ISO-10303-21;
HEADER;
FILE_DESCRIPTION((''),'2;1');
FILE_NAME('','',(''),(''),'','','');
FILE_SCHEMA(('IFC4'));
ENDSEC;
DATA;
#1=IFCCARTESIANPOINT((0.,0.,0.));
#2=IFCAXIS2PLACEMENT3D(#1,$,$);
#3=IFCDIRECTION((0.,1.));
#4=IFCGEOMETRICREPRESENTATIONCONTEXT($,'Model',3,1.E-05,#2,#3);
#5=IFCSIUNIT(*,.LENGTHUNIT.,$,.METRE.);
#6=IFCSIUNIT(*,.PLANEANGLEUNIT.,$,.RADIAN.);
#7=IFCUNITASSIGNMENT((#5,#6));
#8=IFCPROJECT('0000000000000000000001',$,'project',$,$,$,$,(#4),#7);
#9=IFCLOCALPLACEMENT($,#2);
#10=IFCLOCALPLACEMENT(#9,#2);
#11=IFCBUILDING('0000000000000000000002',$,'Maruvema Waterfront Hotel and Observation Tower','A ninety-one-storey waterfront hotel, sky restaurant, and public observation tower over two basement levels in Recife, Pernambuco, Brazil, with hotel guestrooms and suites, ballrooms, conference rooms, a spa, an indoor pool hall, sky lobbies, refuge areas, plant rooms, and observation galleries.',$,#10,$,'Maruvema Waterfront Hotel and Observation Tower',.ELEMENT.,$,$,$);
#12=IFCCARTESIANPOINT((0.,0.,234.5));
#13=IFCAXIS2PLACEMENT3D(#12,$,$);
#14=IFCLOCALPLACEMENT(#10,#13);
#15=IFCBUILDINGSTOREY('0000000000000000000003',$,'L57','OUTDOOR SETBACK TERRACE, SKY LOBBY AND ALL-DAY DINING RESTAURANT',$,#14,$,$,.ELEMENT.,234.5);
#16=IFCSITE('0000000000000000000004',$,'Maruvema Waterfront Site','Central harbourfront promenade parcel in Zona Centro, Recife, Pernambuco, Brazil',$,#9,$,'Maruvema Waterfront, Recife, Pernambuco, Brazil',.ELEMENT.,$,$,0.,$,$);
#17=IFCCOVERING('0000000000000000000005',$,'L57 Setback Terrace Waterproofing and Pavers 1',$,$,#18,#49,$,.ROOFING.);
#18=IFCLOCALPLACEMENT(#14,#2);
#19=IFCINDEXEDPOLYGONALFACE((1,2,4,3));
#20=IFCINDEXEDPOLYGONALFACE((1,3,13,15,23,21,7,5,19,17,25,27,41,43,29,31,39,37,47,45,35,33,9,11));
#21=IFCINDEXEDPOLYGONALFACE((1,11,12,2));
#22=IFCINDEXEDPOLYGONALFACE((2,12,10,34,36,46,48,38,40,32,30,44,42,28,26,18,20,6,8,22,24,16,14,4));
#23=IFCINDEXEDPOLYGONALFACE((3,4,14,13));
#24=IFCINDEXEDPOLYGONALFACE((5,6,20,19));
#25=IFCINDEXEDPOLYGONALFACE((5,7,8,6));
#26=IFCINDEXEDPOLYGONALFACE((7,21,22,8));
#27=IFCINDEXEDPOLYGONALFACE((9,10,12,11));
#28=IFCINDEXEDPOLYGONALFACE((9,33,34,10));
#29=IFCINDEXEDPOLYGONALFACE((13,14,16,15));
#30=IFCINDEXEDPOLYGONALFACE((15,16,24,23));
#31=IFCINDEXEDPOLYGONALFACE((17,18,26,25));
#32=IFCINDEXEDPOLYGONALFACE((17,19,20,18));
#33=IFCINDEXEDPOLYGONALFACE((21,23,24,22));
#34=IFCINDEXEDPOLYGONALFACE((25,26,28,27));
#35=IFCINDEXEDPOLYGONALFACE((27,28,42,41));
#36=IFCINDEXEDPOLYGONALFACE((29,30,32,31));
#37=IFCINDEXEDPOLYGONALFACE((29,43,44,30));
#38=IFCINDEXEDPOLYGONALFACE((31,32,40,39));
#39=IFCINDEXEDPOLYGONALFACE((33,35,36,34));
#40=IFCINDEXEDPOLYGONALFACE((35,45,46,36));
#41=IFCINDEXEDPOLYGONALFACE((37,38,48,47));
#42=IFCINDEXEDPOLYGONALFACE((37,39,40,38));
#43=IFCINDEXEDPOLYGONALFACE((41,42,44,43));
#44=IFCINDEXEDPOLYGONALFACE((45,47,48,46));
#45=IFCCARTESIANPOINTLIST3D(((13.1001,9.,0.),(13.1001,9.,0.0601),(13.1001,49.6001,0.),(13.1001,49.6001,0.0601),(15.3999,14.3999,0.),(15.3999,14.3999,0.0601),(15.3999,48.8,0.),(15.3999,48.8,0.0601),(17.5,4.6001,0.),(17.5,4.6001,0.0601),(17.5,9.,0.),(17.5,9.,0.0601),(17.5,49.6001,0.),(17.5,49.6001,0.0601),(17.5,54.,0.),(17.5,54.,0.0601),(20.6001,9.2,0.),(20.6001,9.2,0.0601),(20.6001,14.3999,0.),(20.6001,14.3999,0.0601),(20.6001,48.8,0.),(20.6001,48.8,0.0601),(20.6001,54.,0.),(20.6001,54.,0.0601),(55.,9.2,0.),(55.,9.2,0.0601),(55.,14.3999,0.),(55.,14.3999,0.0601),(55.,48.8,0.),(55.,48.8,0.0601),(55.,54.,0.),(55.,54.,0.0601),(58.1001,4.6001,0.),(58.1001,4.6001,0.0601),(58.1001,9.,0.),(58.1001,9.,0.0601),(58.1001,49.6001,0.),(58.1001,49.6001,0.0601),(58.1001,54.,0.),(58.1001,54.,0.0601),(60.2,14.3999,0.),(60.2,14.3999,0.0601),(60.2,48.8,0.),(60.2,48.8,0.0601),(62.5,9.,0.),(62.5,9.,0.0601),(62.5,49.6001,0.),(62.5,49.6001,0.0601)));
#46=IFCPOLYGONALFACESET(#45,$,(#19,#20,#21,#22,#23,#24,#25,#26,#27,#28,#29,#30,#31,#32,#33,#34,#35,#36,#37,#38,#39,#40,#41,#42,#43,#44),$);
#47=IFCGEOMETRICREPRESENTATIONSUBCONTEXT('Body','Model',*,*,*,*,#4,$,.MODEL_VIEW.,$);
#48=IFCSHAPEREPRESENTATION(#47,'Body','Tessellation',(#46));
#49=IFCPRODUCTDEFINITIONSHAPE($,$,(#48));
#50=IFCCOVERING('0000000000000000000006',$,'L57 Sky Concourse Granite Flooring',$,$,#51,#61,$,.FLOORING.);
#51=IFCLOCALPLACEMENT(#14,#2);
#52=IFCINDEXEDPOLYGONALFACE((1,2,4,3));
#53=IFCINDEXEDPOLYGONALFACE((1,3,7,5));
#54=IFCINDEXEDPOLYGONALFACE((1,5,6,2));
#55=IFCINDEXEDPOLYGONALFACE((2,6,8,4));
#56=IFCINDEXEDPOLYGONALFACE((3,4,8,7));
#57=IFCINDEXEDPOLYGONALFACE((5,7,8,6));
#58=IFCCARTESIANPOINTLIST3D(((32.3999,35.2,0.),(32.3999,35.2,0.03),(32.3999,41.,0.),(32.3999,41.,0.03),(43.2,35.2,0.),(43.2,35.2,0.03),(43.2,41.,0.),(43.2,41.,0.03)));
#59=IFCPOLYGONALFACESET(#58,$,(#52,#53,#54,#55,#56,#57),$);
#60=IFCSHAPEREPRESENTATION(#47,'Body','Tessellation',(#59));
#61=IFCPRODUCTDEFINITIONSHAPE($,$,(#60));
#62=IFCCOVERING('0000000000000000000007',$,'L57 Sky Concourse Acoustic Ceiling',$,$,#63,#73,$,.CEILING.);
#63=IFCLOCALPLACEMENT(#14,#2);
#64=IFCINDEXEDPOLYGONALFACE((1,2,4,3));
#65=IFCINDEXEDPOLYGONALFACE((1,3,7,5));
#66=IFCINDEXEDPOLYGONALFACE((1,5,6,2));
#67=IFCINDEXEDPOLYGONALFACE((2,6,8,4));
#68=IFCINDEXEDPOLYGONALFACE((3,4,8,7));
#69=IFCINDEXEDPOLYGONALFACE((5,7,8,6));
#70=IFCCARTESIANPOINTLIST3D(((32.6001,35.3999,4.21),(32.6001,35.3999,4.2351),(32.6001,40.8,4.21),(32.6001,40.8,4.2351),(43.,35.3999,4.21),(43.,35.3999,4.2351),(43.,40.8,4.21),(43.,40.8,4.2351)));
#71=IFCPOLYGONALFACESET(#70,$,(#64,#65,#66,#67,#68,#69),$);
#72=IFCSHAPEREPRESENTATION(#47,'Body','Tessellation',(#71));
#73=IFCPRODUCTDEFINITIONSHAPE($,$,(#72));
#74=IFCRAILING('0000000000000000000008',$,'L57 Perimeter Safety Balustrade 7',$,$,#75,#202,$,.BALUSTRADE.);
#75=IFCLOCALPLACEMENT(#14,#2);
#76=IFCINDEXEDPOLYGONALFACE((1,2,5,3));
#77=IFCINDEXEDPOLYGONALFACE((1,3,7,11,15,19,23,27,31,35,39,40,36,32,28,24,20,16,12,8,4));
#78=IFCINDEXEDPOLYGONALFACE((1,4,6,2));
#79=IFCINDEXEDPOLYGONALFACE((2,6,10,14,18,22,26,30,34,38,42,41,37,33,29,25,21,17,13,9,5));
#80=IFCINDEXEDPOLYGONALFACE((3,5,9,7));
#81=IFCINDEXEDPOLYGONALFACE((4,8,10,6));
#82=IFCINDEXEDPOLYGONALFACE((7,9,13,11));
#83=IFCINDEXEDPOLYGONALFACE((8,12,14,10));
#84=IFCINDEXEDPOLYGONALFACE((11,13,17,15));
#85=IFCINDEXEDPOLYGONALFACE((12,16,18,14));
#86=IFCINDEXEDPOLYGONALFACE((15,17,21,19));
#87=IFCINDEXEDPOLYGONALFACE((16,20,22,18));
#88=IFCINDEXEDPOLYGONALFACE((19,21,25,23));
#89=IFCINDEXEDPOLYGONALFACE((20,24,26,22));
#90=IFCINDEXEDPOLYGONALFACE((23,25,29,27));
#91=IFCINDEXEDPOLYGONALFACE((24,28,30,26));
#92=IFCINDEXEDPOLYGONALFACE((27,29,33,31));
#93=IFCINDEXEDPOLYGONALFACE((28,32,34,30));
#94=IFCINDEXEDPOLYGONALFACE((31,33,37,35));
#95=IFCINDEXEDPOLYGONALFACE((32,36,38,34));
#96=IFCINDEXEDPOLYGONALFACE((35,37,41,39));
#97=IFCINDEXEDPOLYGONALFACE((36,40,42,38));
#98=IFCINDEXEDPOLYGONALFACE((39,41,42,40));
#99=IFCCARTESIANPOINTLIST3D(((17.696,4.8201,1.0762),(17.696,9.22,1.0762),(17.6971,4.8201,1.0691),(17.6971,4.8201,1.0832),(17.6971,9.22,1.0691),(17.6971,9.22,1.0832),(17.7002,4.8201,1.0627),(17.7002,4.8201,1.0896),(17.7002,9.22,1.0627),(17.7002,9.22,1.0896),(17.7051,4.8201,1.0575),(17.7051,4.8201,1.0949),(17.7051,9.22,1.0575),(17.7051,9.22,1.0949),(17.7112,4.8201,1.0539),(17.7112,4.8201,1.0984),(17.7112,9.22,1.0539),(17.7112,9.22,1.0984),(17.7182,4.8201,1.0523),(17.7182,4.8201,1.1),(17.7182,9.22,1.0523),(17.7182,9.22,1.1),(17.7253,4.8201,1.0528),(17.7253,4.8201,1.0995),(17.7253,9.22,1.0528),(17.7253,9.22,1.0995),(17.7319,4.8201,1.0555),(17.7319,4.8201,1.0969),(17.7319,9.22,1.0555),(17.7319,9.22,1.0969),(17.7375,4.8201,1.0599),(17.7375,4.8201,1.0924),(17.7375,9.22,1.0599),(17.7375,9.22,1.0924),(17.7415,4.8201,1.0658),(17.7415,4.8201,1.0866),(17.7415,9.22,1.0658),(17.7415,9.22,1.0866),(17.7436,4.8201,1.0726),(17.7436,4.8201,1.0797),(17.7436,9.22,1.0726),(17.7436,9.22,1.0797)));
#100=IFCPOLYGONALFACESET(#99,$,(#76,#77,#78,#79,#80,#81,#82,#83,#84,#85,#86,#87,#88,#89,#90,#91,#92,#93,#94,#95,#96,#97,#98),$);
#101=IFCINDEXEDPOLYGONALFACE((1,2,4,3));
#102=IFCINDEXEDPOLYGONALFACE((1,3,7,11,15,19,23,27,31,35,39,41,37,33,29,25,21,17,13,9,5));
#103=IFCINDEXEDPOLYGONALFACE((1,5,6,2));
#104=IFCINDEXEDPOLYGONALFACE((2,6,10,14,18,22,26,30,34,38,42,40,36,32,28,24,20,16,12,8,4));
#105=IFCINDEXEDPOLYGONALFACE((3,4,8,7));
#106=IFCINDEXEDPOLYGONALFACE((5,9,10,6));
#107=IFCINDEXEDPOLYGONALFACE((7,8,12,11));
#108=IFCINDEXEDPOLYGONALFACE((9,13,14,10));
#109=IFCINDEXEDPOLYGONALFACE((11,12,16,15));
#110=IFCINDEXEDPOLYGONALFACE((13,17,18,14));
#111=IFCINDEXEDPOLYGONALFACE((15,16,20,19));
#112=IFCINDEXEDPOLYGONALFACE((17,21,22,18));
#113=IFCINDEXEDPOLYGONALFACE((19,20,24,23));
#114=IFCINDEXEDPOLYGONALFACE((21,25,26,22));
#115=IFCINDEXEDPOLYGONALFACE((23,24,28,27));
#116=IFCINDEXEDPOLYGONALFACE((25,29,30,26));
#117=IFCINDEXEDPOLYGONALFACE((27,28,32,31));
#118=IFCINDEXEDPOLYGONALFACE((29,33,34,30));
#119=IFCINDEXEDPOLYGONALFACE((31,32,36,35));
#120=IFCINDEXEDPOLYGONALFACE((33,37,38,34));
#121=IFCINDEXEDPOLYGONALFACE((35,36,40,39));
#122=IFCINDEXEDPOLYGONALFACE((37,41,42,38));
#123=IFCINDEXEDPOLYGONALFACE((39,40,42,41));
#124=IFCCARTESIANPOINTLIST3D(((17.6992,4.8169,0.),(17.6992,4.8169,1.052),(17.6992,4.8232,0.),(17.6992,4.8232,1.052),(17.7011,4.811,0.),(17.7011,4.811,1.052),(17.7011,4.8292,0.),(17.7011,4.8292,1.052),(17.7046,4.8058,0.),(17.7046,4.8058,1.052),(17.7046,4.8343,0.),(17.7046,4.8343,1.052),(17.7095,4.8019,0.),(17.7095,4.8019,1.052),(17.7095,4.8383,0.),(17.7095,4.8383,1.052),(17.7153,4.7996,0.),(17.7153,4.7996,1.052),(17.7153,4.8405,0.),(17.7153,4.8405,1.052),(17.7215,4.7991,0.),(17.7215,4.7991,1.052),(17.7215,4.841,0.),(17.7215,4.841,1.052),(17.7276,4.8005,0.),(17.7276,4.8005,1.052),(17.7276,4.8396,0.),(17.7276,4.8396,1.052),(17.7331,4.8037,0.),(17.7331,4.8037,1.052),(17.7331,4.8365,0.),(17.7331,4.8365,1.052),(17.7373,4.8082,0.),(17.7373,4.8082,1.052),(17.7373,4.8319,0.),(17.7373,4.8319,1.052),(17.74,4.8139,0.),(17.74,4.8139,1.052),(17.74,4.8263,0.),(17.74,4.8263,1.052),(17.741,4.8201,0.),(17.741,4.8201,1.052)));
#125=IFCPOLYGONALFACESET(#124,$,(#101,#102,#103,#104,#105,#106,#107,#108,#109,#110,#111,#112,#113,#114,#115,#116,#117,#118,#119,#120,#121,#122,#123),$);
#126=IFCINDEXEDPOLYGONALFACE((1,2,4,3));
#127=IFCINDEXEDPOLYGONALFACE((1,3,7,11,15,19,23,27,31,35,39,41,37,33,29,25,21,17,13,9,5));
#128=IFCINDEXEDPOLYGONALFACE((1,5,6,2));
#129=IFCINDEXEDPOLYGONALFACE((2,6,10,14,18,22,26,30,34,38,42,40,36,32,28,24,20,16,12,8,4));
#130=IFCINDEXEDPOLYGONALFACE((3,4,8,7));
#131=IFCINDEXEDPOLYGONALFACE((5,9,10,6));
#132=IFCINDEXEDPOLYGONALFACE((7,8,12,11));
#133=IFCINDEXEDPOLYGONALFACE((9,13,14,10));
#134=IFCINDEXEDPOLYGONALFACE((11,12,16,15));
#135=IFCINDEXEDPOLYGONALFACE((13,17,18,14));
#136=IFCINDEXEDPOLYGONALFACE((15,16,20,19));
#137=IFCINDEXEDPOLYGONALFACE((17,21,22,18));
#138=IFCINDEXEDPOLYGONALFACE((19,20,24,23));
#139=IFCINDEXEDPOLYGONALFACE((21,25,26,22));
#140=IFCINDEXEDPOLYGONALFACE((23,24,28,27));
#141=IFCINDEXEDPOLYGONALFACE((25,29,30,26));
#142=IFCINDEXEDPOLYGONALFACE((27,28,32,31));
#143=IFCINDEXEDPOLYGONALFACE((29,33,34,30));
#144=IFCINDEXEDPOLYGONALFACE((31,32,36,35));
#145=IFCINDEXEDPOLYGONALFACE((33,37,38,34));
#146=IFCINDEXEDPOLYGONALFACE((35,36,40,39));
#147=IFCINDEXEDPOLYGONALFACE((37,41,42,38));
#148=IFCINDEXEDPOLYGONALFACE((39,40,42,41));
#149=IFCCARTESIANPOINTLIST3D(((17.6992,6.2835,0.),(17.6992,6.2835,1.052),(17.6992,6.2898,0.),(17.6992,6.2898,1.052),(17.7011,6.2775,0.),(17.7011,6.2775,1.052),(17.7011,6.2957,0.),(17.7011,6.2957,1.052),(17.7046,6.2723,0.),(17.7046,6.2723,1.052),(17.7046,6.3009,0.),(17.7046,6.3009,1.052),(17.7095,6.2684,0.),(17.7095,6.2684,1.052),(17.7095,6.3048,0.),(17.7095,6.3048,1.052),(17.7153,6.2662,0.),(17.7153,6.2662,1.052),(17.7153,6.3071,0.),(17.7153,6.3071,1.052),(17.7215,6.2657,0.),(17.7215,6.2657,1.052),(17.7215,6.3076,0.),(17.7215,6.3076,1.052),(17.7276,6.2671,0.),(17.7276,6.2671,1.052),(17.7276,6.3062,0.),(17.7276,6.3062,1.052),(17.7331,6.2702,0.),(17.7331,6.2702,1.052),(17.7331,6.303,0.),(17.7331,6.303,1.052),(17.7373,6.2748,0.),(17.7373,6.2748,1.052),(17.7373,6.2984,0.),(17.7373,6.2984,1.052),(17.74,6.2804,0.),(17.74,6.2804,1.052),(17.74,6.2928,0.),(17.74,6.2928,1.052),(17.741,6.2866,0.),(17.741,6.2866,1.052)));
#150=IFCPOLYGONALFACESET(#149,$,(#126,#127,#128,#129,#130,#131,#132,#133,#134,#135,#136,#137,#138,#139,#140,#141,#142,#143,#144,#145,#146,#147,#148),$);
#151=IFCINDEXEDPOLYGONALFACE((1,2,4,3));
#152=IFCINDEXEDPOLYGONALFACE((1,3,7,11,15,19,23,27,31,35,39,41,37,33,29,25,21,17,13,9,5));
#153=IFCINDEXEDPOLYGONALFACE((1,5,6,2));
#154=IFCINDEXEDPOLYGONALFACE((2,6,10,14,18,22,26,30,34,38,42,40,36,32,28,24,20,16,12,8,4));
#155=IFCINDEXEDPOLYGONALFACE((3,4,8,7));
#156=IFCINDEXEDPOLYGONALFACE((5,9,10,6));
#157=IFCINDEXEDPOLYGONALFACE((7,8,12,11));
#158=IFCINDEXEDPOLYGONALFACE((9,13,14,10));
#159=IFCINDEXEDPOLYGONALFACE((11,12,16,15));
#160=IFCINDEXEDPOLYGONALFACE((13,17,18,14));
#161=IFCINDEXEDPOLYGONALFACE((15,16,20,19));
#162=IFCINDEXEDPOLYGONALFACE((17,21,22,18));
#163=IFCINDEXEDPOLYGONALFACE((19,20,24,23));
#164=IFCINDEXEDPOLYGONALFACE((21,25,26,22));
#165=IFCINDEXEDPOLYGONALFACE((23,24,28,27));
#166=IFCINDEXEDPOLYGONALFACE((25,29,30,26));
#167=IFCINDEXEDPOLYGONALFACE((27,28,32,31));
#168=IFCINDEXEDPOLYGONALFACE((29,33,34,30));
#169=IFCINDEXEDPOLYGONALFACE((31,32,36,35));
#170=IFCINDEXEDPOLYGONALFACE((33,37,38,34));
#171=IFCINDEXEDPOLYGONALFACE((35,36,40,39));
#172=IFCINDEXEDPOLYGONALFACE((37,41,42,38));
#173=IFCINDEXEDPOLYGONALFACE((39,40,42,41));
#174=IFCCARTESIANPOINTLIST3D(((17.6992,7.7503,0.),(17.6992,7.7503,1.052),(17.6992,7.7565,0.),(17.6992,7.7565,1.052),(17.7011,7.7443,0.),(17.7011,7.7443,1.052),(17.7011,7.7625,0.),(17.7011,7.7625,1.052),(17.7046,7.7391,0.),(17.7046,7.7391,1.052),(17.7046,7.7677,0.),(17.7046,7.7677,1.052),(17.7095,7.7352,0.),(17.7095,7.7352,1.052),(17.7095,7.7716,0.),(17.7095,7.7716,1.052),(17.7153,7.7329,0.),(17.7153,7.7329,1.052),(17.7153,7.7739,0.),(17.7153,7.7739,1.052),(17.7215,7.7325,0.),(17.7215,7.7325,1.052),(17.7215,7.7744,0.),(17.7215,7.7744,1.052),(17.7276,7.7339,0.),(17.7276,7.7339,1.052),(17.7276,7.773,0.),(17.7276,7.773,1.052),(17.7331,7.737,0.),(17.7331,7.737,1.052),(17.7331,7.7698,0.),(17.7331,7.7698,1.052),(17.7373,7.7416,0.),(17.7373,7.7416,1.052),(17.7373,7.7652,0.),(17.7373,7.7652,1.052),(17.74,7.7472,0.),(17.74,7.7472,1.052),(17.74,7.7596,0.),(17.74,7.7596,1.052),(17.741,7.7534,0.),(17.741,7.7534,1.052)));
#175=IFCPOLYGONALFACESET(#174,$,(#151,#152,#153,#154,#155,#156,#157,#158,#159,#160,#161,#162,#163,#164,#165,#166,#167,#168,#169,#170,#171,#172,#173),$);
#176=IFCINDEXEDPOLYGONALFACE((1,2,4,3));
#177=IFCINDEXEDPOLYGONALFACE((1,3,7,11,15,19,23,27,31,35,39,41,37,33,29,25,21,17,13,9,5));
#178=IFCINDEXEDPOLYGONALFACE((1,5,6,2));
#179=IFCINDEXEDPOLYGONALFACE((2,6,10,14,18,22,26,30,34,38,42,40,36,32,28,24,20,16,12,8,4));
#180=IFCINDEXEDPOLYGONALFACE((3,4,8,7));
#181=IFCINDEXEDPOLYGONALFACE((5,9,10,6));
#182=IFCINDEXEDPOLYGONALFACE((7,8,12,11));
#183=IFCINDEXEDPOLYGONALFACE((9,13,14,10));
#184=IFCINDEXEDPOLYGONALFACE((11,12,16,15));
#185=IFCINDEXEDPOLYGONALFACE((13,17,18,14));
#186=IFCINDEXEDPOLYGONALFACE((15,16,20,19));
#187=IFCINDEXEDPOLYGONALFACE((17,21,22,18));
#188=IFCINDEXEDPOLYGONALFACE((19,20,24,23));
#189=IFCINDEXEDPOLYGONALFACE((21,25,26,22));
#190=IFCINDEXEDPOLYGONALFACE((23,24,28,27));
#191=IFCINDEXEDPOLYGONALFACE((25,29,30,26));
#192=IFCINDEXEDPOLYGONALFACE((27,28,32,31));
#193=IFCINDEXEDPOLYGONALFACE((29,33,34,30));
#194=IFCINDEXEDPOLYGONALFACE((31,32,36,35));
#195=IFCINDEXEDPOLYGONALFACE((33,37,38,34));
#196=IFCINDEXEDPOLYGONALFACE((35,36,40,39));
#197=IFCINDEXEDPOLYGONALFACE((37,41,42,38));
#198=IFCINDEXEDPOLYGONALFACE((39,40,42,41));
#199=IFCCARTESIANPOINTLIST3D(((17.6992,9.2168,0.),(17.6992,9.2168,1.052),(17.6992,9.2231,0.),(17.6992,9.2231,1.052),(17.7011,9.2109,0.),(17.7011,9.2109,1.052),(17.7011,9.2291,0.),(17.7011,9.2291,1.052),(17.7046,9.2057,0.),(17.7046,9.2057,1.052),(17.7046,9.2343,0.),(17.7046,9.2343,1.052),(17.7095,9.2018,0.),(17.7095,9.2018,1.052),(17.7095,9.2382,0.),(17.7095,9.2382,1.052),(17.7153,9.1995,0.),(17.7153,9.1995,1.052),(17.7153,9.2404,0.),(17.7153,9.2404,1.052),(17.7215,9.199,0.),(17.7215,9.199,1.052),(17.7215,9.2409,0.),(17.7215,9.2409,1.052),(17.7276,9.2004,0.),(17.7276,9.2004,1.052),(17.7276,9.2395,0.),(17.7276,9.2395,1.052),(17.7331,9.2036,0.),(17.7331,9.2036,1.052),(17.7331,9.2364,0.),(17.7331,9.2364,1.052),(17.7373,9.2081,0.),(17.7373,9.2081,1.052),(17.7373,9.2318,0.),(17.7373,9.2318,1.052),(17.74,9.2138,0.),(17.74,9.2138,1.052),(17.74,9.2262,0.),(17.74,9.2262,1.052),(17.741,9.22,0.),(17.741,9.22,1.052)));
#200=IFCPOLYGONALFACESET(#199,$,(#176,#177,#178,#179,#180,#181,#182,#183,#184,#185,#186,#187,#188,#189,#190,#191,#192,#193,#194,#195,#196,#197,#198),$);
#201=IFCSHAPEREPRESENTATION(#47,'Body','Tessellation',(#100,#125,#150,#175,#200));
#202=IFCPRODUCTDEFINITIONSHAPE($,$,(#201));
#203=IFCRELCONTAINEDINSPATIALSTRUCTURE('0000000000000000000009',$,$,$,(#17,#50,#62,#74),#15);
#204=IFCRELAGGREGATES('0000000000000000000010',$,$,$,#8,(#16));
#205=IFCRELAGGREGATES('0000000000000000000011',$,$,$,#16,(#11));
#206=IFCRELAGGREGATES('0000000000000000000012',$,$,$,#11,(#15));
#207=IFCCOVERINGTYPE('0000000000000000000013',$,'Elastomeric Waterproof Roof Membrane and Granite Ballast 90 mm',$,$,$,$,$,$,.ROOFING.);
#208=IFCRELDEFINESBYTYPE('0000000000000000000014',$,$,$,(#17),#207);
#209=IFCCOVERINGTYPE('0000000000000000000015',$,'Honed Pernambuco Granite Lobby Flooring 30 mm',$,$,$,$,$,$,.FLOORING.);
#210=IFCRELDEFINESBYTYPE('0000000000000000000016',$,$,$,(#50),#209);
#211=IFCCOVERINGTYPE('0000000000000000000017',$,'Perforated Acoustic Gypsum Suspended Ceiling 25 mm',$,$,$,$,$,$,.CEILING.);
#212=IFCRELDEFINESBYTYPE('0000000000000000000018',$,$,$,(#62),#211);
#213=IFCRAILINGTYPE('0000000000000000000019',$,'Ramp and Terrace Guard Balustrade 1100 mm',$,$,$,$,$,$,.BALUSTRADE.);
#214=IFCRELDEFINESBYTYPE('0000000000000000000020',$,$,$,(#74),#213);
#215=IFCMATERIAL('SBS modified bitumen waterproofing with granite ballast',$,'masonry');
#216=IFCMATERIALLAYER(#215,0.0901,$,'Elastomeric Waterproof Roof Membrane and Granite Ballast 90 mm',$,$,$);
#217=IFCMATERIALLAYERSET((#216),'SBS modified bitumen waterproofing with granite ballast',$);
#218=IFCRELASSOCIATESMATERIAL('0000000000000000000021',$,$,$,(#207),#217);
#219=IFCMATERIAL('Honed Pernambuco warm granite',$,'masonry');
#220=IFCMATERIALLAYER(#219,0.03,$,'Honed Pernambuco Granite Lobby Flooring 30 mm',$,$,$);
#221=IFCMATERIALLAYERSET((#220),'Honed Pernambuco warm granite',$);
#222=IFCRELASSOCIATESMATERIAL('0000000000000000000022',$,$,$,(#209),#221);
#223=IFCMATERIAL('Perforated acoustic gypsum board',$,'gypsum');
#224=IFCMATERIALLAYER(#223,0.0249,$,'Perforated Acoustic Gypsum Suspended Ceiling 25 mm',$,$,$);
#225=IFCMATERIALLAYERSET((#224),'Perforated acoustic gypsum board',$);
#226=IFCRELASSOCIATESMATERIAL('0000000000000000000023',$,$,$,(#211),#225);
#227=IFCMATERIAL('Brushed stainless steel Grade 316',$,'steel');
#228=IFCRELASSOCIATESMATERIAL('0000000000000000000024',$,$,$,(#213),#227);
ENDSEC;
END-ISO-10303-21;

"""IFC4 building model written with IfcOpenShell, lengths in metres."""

from ifc_helpers import new_model, si_unit, direction, frame, origin, origin_2d, place, context, subcontext, project, spatial, polyline, circle, outline, extrude, material, layer, layer_set, type_object, element, save


model = new_model("IFC4")

# Units and contexts
model_context = context("Model", 3, precision=1e-05, world=origin(), true_north=direction((0.0, 1.0)))
body_context = subcontext(model_context, "Body", "Model", "MODEL_VIEW")
ifc_project = project(units=[si_unit("LENGTHUNIT", "METRE"), si_unit("PLANEANGLEUNIT", "RADIAN")], contexts=[model_context])

# Site, building, storey
site_placement = place(None, origin())
site = spatial("IfcSite", under=ifc_project, at=site_placement, Name="Maruvema Waterfront Site", Description="Central harbourfront promenade parcel in Zona Centro, Recife, Pernambuco, Brazil", LongName="Maruvema Waterfront, Recife, Pernambuco, Brazil", CompositionType="ELEMENT", RefElevation=0.0)
building_placement = place(site_placement, origin())
building = spatial("IfcBuilding", under=site, at=building_placement, Name="Maruvema Waterfront Hotel and Observation Tower", Description="A ninety-one-storey waterfront hotel, sky restaurant, and public observation tower over two basement levels in Recife, Pernambuco, Brazil, with hotel guestrooms and suites, ballrooms, conference rooms, a spa, an indoor pool hall, sky lobbies, refuge areas, plant rooms, and observation galleries.", LongName="Maruvema Waterfront Hotel and Observation Tower", CompositionType="ELEMENT")
storey_placement = place(building_placement, frame((0.0, 0.0, 234.5)))
storey = spatial("IfcBuildingStorey", under=building, at=storey_placement, Name="L57", Description="OUTDOOR SETBACK TERRACE, SKY LOBBY AND ALL-DAY DINING RESTAURANT", CompositionType="ELEMENT", Elevation=234.5)

# Coverings
ifc_material_1 = material(Name="SBS modified bitumen waterproofing with granite ballast", Category="masonry")
ifc_layer_1 = layer(ifc_material_1, 0.0901, Name="Elastomeric Waterproof Roof Membrane and Granite Ballast 90 mm")
ifc_layer_set_1 = layer_set([ifc_layer_1], Name="SBS modified bitumen waterproofing with granite ballast")
covering_type_1 = type_object("IfcCoveringType", Name="Elastomeric Waterproof Roof Membrane and Granite Ballast 90 mm", PredefinedType="ROOFING", material=ifc_layer_set_1)
covering_1_placement = place(storey_placement, origin())
element("IfcCovering", 1, at=covering_1_placement, inside=storey, type_object=covering_type_1, Name="L57 Setback Terrace Waterproofing and Pavers 1", PredefinedType="ROOFING", context=body_context, shape_type="SweptSolid", body=[
    extrude(outline(polyline([(58.1001, 54.0), (58.1001, 49.6001), (62.5, 49.6001), (62.5, 9.0), (58.1001, 9.0), (58.1001, 4.6001), (17.5, 4.6001), (17.5, 9.0), (13.1001, 9.0), (13.1001, 49.6001), (17.5, 49.6001), (17.5, 54.0), (20.6001, 54.0), (20.6001, 48.8), (15.3999, 48.8), (15.3999, 14.3999), (20.6001, 14.3999), (20.6001, 9.2), (55.0, 9.2), (55.0, 14.3999), (60.2, 14.3999), (60.2, 48.8), (55.0, 48.8), (55.0, 54.0), (58.1001, 54.0)])), origin(), (0.0, 0.0, 1.0), 0.0601),
])
ifc_material_2 = material(Name="Honed Pernambuco warm granite", Category="masonry")
ifc_layer_2 = layer(ifc_material_2, 0.03, Name="Honed Pernambuco Granite Lobby Flooring 30 mm")
ifc_layer_set_2 = layer_set([ifc_layer_2], Name="Honed Pernambuco warm granite")
covering_type_2 = type_object("IfcCoveringType", Name="Honed Pernambuco Granite Lobby Flooring 30 mm", PredefinedType="FLOORING", material=ifc_layer_set_2)
covering_2_placement = place(storey_placement, origin())
element("IfcCovering", 2, at=covering_2_placement, inside=storey, type_object=covering_type_2, Name="L57 Sky Concourse Granite Flooring", PredefinedType="FLOORING", context=body_context, shape_type="SweptSolid", body=[
    extrude(outline(polyline([(32.3999, 35.2), (43.2, 35.2), (43.2, 41.0), (32.3999, 41.0), (32.3999, 35.2)])), origin(), (0.0, 0.0, 1.0), 0.03),
])
ifc_material_3 = material(Name="Perforated acoustic gypsum board", Category="gypsum")
ifc_layer_3 = layer(ifc_material_3, 0.0249, Name="Perforated Acoustic Gypsum Suspended Ceiling 25 mm")
ifc_layer_set_3 = layer_set([ifc_layer_3], Name="Perforated acoustic gypsum board")
covering_type_3 = type_object("IfcCoveringType", Name="Perforated Acoustic Gypsum Suspended Ceiling 25 mm", PredefinedType="CEILING", material=ifc_layer_set_3)
covering_3_placement = place(storey_placement, frame((0.0, 0.0, 4.21)))
element("IfcCovering", 3, at=covering_3_placement, inside=storey, type_object=covering_type_3, Name="L57 Sky Concourse Acoustic Ceiling", PredefinedType="CEILING", context=body_context, shape_type="SweptSolid", body=[
    extrude(outline(polyline([(32.6001, 35.3999), (43.0, 35.3999), (43.0, 40.8), (32.6001, 40.8), (32.6001, 35.3999)])), origin(), (0.0, 0.0, 1.0), 0.0251),
])

# Railing
ifc_material_4 = material(Name="Brushed stainless steel Grade 316", Category="steel")
railing_type = type_object("IfcRailingType", Name="Ramp and Terrace Guard Balustrade 1100 mm", PredefinedType="BALUSTRADE", material=ifc_material_4)
railing_1_placement = place(storey_placement, frame((17.72, 4.8201, 0.0)))
element("IfcRailing", 4, at=railing_1_placement, inside=storey, type_object=railing_type, Name="L57 Perimeter Safety Balustrade 7", PredefinedType="BALUSTRADE", context=body_context, shape_type="SweptSolid", body=[
    extrude(circle(Radius=0.0239, at=origin_2d()), frame((0.0, 0.0, 1.0762), z_axis=(0.0, 1.0, 0.0), x_axis=(-1.0, 0.0, 0.0)), (0.0, 0.0, 1.0), 4.3999),
    extrude(circle(Radius=0.021, at=origin_2d()), origin(), (0.0, 0.0, 1.0), 1.052),
    extrude(circle(Radius=0.021, at=origin_2d()), frame((0.0, 1.4666, 0.0)), (0.0, 0.0, 1.0), 1.052),
    extrude(circle(Radius=0.021, at=origin_2d()), frame((0.0, 2.9333, 0.0)), (0.0, 0.0, 1.0), 1.052),
    extrude(circle(Radius=0.021, at=origin_2d()), frame((0.0, 4.3999, 0.0)), (0.0, 0.0, 1.0), 1.052),
])

save(model, "model.ifc")
